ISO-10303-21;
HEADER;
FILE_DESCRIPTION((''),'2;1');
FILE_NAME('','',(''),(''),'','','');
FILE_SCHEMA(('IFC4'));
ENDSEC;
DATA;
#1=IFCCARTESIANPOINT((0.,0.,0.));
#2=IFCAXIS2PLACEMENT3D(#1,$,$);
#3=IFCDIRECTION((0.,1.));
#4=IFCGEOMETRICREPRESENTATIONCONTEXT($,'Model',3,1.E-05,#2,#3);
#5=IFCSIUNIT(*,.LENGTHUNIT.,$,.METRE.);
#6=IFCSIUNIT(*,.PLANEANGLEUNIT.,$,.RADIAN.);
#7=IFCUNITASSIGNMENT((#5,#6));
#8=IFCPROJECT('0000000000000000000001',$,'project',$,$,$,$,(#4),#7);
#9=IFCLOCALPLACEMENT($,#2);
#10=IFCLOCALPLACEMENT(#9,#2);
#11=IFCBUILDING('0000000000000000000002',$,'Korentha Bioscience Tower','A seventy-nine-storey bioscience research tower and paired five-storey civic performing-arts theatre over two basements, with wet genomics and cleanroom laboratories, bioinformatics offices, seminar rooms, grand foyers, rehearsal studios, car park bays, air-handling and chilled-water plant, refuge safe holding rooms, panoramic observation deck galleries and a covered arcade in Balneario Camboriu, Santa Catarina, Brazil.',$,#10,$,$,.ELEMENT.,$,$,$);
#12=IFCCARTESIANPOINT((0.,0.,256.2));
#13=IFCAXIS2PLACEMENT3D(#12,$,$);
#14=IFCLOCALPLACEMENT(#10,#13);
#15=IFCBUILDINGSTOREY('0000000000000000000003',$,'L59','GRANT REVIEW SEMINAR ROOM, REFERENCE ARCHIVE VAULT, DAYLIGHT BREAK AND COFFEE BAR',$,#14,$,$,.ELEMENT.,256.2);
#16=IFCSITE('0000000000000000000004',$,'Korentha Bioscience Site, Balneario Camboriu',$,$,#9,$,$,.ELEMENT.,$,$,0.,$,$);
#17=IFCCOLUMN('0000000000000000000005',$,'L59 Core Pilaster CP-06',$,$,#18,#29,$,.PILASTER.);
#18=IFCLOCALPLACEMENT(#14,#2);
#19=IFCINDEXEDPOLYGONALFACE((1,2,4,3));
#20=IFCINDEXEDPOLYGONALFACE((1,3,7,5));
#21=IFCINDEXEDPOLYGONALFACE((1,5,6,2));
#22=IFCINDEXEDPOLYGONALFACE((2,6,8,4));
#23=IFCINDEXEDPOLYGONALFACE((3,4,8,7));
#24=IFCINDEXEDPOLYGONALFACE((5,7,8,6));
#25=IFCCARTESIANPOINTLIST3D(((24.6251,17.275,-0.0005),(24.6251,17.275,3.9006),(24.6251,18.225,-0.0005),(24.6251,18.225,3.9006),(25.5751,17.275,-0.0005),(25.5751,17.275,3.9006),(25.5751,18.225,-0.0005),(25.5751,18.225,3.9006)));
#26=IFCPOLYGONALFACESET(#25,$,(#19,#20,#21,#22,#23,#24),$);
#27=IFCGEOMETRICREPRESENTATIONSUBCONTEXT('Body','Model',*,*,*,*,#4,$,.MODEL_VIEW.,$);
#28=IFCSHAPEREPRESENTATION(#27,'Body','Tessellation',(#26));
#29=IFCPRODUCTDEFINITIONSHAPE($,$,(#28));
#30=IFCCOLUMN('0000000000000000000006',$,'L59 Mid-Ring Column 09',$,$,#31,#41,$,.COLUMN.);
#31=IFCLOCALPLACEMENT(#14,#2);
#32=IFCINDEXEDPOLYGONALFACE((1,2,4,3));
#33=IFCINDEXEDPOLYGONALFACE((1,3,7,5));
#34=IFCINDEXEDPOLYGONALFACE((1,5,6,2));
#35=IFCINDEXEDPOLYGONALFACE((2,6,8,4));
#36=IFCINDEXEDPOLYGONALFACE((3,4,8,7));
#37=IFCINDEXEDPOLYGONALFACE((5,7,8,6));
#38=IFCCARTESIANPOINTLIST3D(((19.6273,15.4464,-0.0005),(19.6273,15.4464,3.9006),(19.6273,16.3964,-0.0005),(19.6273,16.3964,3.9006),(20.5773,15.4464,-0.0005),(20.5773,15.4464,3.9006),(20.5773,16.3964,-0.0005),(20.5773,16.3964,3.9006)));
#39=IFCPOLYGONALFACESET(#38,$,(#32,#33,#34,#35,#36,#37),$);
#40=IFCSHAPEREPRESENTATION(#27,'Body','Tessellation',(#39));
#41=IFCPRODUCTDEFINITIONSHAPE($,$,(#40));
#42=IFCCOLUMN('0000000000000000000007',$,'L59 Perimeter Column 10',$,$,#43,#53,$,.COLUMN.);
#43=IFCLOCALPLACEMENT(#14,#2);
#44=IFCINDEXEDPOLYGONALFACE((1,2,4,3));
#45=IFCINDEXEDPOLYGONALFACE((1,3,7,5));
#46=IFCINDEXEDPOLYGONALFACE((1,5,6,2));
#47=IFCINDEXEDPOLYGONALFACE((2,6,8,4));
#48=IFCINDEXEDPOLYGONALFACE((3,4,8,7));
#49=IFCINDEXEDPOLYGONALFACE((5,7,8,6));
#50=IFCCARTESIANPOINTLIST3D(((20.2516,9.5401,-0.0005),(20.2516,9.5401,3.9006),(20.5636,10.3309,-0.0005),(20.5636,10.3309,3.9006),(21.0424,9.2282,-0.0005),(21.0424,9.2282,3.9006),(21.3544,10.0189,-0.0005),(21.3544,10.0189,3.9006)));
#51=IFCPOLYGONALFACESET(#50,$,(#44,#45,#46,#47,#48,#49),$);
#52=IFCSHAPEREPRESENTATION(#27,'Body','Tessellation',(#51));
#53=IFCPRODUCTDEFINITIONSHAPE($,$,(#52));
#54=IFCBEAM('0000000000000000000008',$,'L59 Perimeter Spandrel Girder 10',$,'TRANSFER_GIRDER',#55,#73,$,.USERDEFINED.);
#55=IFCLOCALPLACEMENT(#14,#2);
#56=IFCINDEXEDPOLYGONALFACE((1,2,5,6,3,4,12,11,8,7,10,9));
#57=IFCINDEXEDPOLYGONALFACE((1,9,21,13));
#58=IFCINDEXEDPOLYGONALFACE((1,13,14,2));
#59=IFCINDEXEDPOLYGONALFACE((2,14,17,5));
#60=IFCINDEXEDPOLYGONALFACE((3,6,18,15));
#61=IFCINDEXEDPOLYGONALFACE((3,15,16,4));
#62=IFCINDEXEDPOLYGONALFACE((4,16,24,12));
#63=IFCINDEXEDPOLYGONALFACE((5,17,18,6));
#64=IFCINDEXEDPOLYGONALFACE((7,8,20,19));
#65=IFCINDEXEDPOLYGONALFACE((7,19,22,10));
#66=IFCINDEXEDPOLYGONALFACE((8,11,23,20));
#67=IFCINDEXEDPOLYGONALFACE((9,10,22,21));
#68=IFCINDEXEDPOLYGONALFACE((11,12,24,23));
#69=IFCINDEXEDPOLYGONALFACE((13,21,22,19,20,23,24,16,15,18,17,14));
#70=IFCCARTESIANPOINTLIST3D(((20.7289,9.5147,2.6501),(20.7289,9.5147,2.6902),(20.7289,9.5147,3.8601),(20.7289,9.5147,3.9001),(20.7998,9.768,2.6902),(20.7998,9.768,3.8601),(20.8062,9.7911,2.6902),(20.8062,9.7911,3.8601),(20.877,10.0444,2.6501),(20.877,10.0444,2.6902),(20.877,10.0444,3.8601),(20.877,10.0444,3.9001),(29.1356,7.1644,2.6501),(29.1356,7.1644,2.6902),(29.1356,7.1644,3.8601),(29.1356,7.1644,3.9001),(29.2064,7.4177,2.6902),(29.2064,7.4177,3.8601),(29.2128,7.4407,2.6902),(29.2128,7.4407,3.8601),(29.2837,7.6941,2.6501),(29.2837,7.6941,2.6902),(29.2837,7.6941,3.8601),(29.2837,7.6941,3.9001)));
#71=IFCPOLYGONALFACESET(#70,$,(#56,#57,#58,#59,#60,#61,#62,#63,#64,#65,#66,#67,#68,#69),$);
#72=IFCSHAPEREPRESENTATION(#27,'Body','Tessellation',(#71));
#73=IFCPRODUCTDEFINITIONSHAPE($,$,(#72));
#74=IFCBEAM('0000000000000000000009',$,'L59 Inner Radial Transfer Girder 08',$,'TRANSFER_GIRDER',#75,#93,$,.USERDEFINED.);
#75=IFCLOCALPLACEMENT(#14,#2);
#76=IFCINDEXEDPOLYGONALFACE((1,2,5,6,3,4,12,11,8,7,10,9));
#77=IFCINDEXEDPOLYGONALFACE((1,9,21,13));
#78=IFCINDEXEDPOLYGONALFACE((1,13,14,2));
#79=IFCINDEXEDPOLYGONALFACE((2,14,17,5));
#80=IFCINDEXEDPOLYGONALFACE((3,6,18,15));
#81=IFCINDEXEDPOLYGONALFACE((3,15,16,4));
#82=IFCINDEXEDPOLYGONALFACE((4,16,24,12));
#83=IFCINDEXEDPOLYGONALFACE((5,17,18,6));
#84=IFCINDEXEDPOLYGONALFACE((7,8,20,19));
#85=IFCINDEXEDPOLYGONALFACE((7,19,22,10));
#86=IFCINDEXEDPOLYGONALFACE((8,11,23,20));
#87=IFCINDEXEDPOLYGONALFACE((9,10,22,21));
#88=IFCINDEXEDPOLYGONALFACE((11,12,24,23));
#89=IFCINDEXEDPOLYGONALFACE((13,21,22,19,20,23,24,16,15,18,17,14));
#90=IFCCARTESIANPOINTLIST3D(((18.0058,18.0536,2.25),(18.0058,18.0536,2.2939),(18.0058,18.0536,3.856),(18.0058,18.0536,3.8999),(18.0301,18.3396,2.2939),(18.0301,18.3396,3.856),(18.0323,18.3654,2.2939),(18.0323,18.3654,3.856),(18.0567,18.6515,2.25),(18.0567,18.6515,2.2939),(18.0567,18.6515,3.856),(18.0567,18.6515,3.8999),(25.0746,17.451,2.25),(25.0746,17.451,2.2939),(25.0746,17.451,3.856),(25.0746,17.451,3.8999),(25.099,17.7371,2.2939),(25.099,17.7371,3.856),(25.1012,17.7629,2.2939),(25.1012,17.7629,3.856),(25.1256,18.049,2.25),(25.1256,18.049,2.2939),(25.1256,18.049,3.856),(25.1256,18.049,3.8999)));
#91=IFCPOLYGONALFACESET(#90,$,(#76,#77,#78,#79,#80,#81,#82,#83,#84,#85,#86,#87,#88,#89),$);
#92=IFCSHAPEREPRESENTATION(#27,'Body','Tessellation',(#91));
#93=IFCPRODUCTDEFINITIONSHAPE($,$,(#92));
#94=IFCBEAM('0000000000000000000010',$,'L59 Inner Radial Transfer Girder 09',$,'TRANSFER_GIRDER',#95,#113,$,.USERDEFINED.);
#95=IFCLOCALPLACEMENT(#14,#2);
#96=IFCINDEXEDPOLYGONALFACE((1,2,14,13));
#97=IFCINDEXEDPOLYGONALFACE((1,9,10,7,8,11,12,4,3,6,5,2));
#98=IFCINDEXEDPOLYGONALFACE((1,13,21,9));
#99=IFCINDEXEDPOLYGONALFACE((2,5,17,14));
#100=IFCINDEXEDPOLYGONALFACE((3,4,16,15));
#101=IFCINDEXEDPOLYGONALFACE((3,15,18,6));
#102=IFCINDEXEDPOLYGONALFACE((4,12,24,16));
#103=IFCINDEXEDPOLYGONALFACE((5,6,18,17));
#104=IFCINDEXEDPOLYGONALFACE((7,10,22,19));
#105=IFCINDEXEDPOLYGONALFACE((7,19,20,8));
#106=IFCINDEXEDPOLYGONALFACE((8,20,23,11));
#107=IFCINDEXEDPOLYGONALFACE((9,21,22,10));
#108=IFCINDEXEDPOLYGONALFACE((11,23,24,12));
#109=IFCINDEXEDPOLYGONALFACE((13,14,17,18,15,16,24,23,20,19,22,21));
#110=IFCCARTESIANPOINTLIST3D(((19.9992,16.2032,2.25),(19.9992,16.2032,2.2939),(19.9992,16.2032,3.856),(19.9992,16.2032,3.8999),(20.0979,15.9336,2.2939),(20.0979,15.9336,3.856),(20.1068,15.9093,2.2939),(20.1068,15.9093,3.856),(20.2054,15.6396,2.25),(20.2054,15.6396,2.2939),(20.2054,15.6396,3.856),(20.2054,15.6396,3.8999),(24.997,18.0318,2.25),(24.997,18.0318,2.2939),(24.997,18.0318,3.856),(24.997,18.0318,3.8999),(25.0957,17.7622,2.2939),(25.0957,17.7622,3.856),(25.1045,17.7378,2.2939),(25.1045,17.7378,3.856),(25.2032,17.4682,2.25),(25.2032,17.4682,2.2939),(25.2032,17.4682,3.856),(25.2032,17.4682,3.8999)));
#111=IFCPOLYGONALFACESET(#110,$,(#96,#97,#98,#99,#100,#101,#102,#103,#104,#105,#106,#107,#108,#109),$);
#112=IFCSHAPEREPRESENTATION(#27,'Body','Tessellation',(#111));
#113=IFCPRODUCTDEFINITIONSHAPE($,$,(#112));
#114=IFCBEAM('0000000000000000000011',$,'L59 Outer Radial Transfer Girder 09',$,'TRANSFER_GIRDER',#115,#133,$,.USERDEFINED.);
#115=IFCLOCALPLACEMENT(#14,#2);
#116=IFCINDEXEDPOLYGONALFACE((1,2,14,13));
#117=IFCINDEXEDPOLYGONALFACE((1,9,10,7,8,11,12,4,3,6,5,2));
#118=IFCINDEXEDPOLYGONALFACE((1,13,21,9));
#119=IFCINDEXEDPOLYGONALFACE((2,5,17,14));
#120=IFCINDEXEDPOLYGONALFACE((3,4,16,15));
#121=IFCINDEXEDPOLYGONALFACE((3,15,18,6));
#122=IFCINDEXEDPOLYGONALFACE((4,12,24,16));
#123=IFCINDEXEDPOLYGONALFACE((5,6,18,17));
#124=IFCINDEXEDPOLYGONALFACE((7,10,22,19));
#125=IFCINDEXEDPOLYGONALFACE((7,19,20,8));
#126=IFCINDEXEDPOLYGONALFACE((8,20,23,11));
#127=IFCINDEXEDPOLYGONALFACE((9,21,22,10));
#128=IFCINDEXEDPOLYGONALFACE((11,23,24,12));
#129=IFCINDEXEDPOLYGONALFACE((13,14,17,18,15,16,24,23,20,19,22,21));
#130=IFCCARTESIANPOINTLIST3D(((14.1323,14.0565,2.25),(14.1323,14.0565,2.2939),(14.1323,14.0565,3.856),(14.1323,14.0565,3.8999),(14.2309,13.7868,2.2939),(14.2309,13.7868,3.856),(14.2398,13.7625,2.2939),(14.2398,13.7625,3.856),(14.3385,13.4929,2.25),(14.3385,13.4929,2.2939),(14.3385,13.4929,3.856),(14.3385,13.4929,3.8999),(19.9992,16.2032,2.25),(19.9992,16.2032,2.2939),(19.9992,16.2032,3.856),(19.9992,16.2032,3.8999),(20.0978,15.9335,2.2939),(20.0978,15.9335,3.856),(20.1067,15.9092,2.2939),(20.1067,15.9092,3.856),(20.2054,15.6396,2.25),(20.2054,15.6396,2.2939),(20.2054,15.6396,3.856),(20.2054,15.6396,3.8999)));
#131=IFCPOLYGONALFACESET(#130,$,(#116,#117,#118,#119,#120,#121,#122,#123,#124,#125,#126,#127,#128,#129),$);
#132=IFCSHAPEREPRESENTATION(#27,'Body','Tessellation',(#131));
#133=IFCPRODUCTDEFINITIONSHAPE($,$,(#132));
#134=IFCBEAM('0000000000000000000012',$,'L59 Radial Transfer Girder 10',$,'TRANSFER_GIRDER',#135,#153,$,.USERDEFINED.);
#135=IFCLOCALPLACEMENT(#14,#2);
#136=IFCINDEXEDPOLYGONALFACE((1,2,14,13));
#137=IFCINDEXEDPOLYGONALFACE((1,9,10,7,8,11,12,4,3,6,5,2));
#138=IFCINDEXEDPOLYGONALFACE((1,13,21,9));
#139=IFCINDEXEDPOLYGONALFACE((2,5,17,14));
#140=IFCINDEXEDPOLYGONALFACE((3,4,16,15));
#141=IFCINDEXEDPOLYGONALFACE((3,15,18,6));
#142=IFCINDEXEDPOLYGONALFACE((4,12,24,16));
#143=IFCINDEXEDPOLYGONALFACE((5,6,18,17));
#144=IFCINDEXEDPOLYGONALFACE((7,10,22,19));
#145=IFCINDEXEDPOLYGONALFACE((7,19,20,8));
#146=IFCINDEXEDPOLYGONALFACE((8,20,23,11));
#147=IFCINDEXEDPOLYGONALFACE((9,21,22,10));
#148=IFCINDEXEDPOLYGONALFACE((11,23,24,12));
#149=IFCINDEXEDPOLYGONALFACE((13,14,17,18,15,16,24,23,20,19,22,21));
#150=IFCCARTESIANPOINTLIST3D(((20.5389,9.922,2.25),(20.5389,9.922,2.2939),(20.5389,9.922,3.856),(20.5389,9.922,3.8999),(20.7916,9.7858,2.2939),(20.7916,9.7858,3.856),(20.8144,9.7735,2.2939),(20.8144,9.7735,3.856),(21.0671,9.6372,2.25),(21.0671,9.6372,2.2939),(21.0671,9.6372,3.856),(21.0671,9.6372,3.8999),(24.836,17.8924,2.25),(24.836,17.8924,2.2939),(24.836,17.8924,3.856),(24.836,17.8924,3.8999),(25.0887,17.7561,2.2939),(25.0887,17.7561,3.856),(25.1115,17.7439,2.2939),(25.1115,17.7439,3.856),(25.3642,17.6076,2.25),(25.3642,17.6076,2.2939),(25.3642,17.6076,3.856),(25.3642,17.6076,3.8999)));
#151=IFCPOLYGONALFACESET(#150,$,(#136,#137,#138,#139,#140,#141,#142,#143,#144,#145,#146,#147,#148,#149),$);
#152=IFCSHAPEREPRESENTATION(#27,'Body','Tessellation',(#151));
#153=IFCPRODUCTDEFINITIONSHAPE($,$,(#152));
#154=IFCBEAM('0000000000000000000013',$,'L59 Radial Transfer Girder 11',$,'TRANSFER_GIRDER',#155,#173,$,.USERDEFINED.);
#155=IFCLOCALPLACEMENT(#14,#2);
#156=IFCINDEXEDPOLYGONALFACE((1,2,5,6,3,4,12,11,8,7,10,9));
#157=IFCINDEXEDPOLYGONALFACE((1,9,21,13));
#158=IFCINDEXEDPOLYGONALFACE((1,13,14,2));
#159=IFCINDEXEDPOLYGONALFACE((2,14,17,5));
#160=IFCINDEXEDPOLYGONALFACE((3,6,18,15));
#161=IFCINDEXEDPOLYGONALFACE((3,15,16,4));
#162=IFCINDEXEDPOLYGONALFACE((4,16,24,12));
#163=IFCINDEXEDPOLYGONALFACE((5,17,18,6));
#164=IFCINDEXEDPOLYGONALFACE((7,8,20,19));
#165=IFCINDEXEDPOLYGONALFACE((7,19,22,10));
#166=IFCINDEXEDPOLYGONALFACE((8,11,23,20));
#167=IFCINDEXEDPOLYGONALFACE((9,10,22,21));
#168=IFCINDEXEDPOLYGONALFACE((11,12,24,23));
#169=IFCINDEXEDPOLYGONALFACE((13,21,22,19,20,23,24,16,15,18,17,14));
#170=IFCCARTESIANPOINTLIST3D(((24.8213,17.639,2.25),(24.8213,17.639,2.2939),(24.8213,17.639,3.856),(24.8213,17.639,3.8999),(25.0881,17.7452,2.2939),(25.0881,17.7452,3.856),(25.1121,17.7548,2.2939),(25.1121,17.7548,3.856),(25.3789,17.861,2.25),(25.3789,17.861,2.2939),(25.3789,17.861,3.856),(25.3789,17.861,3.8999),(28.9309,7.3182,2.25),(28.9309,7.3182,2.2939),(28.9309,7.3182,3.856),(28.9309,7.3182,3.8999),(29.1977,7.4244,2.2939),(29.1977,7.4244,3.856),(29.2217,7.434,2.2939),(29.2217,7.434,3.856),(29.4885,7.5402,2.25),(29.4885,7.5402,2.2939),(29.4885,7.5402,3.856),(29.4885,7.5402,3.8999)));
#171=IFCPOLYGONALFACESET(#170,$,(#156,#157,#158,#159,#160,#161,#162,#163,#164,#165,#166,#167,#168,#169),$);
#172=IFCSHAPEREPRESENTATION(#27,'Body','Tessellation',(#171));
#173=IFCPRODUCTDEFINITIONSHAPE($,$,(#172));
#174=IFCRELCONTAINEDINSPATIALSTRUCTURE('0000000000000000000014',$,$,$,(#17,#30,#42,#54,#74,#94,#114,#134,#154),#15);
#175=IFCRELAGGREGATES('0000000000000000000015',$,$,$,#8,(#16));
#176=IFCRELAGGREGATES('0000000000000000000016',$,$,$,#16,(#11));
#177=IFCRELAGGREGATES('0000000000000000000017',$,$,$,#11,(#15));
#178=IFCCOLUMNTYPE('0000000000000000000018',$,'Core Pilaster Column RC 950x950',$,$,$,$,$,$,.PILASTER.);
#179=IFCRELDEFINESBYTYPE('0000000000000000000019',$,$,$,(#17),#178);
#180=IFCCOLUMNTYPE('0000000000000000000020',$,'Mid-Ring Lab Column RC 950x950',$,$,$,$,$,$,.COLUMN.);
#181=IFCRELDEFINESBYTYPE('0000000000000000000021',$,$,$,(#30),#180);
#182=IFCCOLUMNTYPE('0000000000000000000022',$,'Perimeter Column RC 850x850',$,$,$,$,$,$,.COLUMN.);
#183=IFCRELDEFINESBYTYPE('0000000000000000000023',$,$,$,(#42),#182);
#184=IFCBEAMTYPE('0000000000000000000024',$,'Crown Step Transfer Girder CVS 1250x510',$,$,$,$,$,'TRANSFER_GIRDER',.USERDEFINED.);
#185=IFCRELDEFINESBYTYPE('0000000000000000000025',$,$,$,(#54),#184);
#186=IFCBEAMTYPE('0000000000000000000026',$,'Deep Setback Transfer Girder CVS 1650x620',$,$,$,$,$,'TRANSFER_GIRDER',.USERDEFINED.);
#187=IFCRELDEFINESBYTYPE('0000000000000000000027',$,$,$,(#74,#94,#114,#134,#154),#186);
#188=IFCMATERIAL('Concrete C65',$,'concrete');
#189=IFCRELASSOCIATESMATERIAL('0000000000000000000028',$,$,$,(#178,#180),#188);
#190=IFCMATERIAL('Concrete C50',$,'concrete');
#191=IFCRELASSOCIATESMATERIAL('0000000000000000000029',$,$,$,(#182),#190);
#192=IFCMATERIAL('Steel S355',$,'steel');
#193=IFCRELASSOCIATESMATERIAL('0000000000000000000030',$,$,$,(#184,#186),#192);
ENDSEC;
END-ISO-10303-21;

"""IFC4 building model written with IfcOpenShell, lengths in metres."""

from ifc_helpers import new_model, si_unit, direction, frame, origin, origin_2d, place, context, subcontext, project, spatial, rectangle, i_section, extrude, material, material_profile, profile_set, type_object, element, save


model = new_model("IFC4")

# Units and contexts
model_context = context("Model", 3, precision=1e-05, world=origin(), true_north=direction((0.0, 1.0)))
body_context = subcontext(model_context, "Body", "Model", "MODEL_VIEW")
ifc_project = project(units=[si_unit("LENGTHUNIT", "METRE"), si_unit("PLANEANGLEUNIT", "RADIAN")], contexts=[model_context])

# Site, building, storey
site_placement = place(None, origin())
site = spatial("IfcSite", under=ifc_project, at=site_placement, Name="Korentha Bioscience Site, Balneario Camboriu", CompositionType="ELEMENT", RefElevation=0.0)
building_placement = place(site_placement, origin())
building = spatial("IfcBuilding", under=site, at=building_placement, Name="Korentha Bioscience Tower", Description="A seventy-nine-storey bioscience research tower and paired five-storey civic performing-arts theatre over two basements, with wet genomics and cleanroom laboratories, bioinformatics offices, seminar rooms, grand foyers, rehearsal studios, car park bays, air-handling and chilled-water plant, refuge safe holding rooms, panoramic observation deck galleries and a covered arcade in Balneario Camboriu, Santa Catarina, Brazil.", CompositionType="ELEMENT")
storey_placement = place(building_placement, frame((0.0, 0.0, 256.2)))
storey = spatial("IfcBuildingStorey", under=building, at=storey_placement, Name="L59", Description="GRANT REVIEW SEMINAR ROOM, REFERENCE ARCHIVE VAULT, DAYLIGHT BREAK AND COFFEE BAR", CompositionType="ELEMENT", Elevation=256.2)

# Columns
ifc_material_1 = material(Name="Concrete C65", Category="concrete")
ifc_material_profile_1 = material_profile(ifc_material_1, rectangle(XDim=0.95, YDim=0.95, at=origin_2d()), Name="Concrete C65")
ifc_profile_set_1 = profile_set([ifc_material_profile_1], Name="Concrete C65 (COL-CP09)")
column_type_1 = type_object("IfcColumnType", Name="Core Pilaster Column RC 950x950", PredefinedType="PILASTER", material=ifc_profile_set_1)
column_1_placement = place(storey_placement, frame((25.1001, 17.75, -0.0005), z_axis=(0.0, 0.0, 1.0), x_axis=(1.0, 0.0, 0.0)))
element("IfcColumn", 1, at=column_1_placement, inside=storey, type_object=column_type_1, Name="L59 Core Pilaster CP-06", PredefinedType="PILASTER", context=body_context, shape_type="SweptSolid", body=[
    extrude(rectangle(XDim=0.95, YDim=0.95, at=origin_2d()), origin(), (0.0, 0.0, 1.0), 3.9011),
])
ifc_material_profile_2 = material_profile(ifc_material_1, rectangle(XDim=0.95, YDim=0.95, at=origin_2d()), Name="Concrete C65")
ifc_profile_set_2 = profile_set([ifc_material_profile_2], Name="Concrete C65 (COL-MR09)")
column_type_2 = type_object("IfcColumnType", Name="Mid-Ring Lab Column RC 950x950", PredefinedType="COLUMN", material=ifc_profile_set_2)
column_2_placement = place(storey_placement, frame((20.1023, 15.9214, -0.0005), z_axis=(0.0, 0.0, 1.0), x_axis=(1.0, 0.0, 0.0)))
element("IfcColumn", 2, at=column_2_placement, inside=storey, type_object=column_type_2, Name="L59 Mid-Ring Column 09", PredefinedType="COLUMN", context=body_context, shape_type="SweptSolid", body=[
    extrude(rectangle(XDim=0.95, YDim=0.95, at=origin_2d()), origin(), (0.0, 0.0, 1.0), 3.9011),
])
ifc_material_2 = material(Name="Concrete C50", Category="concrete")
ifc_material_profile_3 = material_profile(ifc_material_2, rectangle(XDim=0.8501, YDim=0.8501, at=origin_2d()), Name="Concrete C50")
ifc_profile_set_3 = profile_set([ifc_material_profile_3], Name="Concrete C50 (COL-P08)")
column_type_3 = type_object("IfcColumnType", Name="Perimeter Column RC 850x850", PredefinedType="COLUMN", material=ifc_profile_set_3)
column_3_placement = place(storey_placement, frame((20.803, 9.7795, -0.0005), z_axis=(0.0, 0.0, 1.0), x_axis=(-0.930226, 0.366988, 0.0)))
element("IfcColumn", 3, at=column_3_placement, inside=storey, type_object=column_type_3, Name="L59 Perimeter Column 10", PredefinedType="COLUMN", context=body_context, shape_type="SweptSolid", body=[
    extrude(rectangle(XDim=0.8501, YDim=0.8501, at=origin_2d()), origin(), (0.0, 0.0, 1.0), 3.9011),
])

# Beams
ifc_material_3 = material(Name="Steel S355", Category="steel")
ifc_material_profile_4 = material_profile(ifc_material_3, i_section(OverallWidth=0.55, OverallDepth=1.25, WebThickness=0.0239, FlangeThickness=0.04, at=origin_2d()), Name="Steel S355")
ifc_profile_set_4 = profile_set([ifc_material_profile_4], Name="Steel S355 (TG-03)")
beam_type_1 = type_object("IfcBeamType", Name="Crown Step Transfer Girder CVS 1250x510", ElementType="TRANSFER_GIRDER", PredefinedType="USERDEFINED", material=ifc_profile_set_4)
beam_1_placement = place(storey_placement, frame((20.803, 9.7795, 3.2751), z_axis=(0.963069, -0.269253, 0.0), x_axis=(0.269253, 0.963069, 0.0)))
element("IfcBeam", 4, at=beam_1_placement, inside=storey, type_object=beam_type_1, Name="L59 Perimeter Spandrel Girder 10", ObjectType="TRANSFER_GIRDER", PredefinedType="USERDEFINED", context=body_context, shape_type="SweptSolid", body=[
    extrude(i_section(OverallWidth=0.55, OverallDepth=1.25, WebThickness=0.0239, FlangeThickness=0.04, at=origin_2d()), origin(), (0.0, 0.0, 1.0), 8.729),
])
ifc_material_profile_5 = material_profile(ifc_material_3, i_section(OverallWidth=0.6001, OverallDepth=1.6499, WebThickness=0.0259, FlangeThickness=0.0439, at=origin_2d()), Name="Steel S355")
ifc_profile_set_5 = profile_set([ifc_material_profile_5], Name="Steel S355 (TG-04)")
beam_type_2 = type_object("IfcBeamType", Name="Deep Setback Transfer Girder CVS 1650x620", ElementType="TRANSFER_GIRDER", PredefinedType="USERDEFINED", material=ifc_profile_set_5)
beam_2_placement = place(storey_placement, frame((25.1001, 17.75, 3.075), z_axis=(-0.996387, 0.084931, 0.0), x_axis=(-0.084931, -0.996387, 0.0)))
element("IfcBeam", 5, at=beam_2_placement, inside=storey, type_object=beam_type_2, Name="L59 Inner Radial Transfer Girder 08", ObjectType="TRANSFER_GIRDER", PredefinedType="USERDEFINED", context=body_context, shape_type="SweptSolid", body=[
    extrude(i_section(OverallWidth=0.6001, OverallDepth=1.6499, WebThickness=0.0259, FlangeThickness=0.0439, at=origin_2d()), origin(), (0.0, 0.0, 1.0), 7.0945),
])
beam_3_placement = place(storey_placement, frame((25.1001, 17.75, 3.075), z_axis=(-0.939114, -0.343606, 0.0), x_axis=(0.343606, -0.939114, 0.0)))
element("IfcBeam", 6, at=beam_3_placement, inside=storey, type_object=beam_type_2, Name="L59 Inner Radial Transfer Girder 09", ObjectType="TRANSFER_GIRDER", PredefinedType="USERDEFINED", context=body_context, shape_type="SweptSolid", body=[
    extrude(i_section(OverallWidth=0.6001, OverallDepth=1.6499, WebThickness=0.0259, FlangeThickness=0.0439, at=origin_2d()), origin(), (0.0, 0.0, 1.0), 5.3218),
])
beam_4_placement = place(storey_placement, frame((20.1023, 15.9214, 3.075), z_axis=(-0.939108, -0.343622, 0.0), x_axis=(0.343622, -0.939108, 0.0)))
element("IfcBeam", 7, at=beam_4_placement, inside=storey, type_object=beam_type_2, Name="L59 Outer Radial Transfer Girder 09", ObjectType="TRANSFER_GIRDER", PredefinedType="USERDEFINED", context=body_context, shape_type="SweptSolid", body=[
    extrude(i_section(OverallWidth=0.6001, OverallDepth=1.6499, WebThickness=0.0259, FlangeThickness=0.0439, at=origin_2d()), origin(), (0.0, 0.0, 1.0), 6.2473),
])
beam_5_placement = place(storey_placement, frame((25.1001, 17.75, 3.075), z_axis=(-0.474556, -0.880225, 0.0), x_axis=(0.880225, -0.474556, 0.0)))
element("IfcBeam", 8, at=beam_5_placement, inside=storey, type_object=beam_type_2, Name="L59 Radial Transfer Girder 10", ObjectType="TRANSFER_GIRDER", PredefinedType="USERDEFINED", context=body_context, shape_type="SweptSolid", body=[
    extrude(i_section(OverallWidth=0.6001, OverallDepth=1.6499, WebThickness=0.0259, FlangeThickness=0.0439, at=origin_2d()), origin(), (0.0, 0.0, 1.0), 9.0549),
])
beam_6_placement = place(storey_placement, frame((25.1001, 17.75, 3.075), z_axis=(0.369939, -0.929056, 0.0), x_axis=(0.929056, 0.369939, 0.0)))
element("IfcBeam", 9, at=beam_6_placement, inside=storey, type_object=beam_type_2, Name="L59 Radial Transfer Girder 11", ObjectType="TRANSFER_GIRDER", PredefinedType="USERDEFINED", context=body_context, shape_type="SweptSolid", body=[
    extrude(i_section(OverallWidth=0.6001, OverallDepth=1.6499, WebThickness=0.0259, FlangeThickness=0.0439, at=origin_2d()), origin(), (0.0, 0.0, 1.0), 11.1089),
])

save(model, "model.ifc")
